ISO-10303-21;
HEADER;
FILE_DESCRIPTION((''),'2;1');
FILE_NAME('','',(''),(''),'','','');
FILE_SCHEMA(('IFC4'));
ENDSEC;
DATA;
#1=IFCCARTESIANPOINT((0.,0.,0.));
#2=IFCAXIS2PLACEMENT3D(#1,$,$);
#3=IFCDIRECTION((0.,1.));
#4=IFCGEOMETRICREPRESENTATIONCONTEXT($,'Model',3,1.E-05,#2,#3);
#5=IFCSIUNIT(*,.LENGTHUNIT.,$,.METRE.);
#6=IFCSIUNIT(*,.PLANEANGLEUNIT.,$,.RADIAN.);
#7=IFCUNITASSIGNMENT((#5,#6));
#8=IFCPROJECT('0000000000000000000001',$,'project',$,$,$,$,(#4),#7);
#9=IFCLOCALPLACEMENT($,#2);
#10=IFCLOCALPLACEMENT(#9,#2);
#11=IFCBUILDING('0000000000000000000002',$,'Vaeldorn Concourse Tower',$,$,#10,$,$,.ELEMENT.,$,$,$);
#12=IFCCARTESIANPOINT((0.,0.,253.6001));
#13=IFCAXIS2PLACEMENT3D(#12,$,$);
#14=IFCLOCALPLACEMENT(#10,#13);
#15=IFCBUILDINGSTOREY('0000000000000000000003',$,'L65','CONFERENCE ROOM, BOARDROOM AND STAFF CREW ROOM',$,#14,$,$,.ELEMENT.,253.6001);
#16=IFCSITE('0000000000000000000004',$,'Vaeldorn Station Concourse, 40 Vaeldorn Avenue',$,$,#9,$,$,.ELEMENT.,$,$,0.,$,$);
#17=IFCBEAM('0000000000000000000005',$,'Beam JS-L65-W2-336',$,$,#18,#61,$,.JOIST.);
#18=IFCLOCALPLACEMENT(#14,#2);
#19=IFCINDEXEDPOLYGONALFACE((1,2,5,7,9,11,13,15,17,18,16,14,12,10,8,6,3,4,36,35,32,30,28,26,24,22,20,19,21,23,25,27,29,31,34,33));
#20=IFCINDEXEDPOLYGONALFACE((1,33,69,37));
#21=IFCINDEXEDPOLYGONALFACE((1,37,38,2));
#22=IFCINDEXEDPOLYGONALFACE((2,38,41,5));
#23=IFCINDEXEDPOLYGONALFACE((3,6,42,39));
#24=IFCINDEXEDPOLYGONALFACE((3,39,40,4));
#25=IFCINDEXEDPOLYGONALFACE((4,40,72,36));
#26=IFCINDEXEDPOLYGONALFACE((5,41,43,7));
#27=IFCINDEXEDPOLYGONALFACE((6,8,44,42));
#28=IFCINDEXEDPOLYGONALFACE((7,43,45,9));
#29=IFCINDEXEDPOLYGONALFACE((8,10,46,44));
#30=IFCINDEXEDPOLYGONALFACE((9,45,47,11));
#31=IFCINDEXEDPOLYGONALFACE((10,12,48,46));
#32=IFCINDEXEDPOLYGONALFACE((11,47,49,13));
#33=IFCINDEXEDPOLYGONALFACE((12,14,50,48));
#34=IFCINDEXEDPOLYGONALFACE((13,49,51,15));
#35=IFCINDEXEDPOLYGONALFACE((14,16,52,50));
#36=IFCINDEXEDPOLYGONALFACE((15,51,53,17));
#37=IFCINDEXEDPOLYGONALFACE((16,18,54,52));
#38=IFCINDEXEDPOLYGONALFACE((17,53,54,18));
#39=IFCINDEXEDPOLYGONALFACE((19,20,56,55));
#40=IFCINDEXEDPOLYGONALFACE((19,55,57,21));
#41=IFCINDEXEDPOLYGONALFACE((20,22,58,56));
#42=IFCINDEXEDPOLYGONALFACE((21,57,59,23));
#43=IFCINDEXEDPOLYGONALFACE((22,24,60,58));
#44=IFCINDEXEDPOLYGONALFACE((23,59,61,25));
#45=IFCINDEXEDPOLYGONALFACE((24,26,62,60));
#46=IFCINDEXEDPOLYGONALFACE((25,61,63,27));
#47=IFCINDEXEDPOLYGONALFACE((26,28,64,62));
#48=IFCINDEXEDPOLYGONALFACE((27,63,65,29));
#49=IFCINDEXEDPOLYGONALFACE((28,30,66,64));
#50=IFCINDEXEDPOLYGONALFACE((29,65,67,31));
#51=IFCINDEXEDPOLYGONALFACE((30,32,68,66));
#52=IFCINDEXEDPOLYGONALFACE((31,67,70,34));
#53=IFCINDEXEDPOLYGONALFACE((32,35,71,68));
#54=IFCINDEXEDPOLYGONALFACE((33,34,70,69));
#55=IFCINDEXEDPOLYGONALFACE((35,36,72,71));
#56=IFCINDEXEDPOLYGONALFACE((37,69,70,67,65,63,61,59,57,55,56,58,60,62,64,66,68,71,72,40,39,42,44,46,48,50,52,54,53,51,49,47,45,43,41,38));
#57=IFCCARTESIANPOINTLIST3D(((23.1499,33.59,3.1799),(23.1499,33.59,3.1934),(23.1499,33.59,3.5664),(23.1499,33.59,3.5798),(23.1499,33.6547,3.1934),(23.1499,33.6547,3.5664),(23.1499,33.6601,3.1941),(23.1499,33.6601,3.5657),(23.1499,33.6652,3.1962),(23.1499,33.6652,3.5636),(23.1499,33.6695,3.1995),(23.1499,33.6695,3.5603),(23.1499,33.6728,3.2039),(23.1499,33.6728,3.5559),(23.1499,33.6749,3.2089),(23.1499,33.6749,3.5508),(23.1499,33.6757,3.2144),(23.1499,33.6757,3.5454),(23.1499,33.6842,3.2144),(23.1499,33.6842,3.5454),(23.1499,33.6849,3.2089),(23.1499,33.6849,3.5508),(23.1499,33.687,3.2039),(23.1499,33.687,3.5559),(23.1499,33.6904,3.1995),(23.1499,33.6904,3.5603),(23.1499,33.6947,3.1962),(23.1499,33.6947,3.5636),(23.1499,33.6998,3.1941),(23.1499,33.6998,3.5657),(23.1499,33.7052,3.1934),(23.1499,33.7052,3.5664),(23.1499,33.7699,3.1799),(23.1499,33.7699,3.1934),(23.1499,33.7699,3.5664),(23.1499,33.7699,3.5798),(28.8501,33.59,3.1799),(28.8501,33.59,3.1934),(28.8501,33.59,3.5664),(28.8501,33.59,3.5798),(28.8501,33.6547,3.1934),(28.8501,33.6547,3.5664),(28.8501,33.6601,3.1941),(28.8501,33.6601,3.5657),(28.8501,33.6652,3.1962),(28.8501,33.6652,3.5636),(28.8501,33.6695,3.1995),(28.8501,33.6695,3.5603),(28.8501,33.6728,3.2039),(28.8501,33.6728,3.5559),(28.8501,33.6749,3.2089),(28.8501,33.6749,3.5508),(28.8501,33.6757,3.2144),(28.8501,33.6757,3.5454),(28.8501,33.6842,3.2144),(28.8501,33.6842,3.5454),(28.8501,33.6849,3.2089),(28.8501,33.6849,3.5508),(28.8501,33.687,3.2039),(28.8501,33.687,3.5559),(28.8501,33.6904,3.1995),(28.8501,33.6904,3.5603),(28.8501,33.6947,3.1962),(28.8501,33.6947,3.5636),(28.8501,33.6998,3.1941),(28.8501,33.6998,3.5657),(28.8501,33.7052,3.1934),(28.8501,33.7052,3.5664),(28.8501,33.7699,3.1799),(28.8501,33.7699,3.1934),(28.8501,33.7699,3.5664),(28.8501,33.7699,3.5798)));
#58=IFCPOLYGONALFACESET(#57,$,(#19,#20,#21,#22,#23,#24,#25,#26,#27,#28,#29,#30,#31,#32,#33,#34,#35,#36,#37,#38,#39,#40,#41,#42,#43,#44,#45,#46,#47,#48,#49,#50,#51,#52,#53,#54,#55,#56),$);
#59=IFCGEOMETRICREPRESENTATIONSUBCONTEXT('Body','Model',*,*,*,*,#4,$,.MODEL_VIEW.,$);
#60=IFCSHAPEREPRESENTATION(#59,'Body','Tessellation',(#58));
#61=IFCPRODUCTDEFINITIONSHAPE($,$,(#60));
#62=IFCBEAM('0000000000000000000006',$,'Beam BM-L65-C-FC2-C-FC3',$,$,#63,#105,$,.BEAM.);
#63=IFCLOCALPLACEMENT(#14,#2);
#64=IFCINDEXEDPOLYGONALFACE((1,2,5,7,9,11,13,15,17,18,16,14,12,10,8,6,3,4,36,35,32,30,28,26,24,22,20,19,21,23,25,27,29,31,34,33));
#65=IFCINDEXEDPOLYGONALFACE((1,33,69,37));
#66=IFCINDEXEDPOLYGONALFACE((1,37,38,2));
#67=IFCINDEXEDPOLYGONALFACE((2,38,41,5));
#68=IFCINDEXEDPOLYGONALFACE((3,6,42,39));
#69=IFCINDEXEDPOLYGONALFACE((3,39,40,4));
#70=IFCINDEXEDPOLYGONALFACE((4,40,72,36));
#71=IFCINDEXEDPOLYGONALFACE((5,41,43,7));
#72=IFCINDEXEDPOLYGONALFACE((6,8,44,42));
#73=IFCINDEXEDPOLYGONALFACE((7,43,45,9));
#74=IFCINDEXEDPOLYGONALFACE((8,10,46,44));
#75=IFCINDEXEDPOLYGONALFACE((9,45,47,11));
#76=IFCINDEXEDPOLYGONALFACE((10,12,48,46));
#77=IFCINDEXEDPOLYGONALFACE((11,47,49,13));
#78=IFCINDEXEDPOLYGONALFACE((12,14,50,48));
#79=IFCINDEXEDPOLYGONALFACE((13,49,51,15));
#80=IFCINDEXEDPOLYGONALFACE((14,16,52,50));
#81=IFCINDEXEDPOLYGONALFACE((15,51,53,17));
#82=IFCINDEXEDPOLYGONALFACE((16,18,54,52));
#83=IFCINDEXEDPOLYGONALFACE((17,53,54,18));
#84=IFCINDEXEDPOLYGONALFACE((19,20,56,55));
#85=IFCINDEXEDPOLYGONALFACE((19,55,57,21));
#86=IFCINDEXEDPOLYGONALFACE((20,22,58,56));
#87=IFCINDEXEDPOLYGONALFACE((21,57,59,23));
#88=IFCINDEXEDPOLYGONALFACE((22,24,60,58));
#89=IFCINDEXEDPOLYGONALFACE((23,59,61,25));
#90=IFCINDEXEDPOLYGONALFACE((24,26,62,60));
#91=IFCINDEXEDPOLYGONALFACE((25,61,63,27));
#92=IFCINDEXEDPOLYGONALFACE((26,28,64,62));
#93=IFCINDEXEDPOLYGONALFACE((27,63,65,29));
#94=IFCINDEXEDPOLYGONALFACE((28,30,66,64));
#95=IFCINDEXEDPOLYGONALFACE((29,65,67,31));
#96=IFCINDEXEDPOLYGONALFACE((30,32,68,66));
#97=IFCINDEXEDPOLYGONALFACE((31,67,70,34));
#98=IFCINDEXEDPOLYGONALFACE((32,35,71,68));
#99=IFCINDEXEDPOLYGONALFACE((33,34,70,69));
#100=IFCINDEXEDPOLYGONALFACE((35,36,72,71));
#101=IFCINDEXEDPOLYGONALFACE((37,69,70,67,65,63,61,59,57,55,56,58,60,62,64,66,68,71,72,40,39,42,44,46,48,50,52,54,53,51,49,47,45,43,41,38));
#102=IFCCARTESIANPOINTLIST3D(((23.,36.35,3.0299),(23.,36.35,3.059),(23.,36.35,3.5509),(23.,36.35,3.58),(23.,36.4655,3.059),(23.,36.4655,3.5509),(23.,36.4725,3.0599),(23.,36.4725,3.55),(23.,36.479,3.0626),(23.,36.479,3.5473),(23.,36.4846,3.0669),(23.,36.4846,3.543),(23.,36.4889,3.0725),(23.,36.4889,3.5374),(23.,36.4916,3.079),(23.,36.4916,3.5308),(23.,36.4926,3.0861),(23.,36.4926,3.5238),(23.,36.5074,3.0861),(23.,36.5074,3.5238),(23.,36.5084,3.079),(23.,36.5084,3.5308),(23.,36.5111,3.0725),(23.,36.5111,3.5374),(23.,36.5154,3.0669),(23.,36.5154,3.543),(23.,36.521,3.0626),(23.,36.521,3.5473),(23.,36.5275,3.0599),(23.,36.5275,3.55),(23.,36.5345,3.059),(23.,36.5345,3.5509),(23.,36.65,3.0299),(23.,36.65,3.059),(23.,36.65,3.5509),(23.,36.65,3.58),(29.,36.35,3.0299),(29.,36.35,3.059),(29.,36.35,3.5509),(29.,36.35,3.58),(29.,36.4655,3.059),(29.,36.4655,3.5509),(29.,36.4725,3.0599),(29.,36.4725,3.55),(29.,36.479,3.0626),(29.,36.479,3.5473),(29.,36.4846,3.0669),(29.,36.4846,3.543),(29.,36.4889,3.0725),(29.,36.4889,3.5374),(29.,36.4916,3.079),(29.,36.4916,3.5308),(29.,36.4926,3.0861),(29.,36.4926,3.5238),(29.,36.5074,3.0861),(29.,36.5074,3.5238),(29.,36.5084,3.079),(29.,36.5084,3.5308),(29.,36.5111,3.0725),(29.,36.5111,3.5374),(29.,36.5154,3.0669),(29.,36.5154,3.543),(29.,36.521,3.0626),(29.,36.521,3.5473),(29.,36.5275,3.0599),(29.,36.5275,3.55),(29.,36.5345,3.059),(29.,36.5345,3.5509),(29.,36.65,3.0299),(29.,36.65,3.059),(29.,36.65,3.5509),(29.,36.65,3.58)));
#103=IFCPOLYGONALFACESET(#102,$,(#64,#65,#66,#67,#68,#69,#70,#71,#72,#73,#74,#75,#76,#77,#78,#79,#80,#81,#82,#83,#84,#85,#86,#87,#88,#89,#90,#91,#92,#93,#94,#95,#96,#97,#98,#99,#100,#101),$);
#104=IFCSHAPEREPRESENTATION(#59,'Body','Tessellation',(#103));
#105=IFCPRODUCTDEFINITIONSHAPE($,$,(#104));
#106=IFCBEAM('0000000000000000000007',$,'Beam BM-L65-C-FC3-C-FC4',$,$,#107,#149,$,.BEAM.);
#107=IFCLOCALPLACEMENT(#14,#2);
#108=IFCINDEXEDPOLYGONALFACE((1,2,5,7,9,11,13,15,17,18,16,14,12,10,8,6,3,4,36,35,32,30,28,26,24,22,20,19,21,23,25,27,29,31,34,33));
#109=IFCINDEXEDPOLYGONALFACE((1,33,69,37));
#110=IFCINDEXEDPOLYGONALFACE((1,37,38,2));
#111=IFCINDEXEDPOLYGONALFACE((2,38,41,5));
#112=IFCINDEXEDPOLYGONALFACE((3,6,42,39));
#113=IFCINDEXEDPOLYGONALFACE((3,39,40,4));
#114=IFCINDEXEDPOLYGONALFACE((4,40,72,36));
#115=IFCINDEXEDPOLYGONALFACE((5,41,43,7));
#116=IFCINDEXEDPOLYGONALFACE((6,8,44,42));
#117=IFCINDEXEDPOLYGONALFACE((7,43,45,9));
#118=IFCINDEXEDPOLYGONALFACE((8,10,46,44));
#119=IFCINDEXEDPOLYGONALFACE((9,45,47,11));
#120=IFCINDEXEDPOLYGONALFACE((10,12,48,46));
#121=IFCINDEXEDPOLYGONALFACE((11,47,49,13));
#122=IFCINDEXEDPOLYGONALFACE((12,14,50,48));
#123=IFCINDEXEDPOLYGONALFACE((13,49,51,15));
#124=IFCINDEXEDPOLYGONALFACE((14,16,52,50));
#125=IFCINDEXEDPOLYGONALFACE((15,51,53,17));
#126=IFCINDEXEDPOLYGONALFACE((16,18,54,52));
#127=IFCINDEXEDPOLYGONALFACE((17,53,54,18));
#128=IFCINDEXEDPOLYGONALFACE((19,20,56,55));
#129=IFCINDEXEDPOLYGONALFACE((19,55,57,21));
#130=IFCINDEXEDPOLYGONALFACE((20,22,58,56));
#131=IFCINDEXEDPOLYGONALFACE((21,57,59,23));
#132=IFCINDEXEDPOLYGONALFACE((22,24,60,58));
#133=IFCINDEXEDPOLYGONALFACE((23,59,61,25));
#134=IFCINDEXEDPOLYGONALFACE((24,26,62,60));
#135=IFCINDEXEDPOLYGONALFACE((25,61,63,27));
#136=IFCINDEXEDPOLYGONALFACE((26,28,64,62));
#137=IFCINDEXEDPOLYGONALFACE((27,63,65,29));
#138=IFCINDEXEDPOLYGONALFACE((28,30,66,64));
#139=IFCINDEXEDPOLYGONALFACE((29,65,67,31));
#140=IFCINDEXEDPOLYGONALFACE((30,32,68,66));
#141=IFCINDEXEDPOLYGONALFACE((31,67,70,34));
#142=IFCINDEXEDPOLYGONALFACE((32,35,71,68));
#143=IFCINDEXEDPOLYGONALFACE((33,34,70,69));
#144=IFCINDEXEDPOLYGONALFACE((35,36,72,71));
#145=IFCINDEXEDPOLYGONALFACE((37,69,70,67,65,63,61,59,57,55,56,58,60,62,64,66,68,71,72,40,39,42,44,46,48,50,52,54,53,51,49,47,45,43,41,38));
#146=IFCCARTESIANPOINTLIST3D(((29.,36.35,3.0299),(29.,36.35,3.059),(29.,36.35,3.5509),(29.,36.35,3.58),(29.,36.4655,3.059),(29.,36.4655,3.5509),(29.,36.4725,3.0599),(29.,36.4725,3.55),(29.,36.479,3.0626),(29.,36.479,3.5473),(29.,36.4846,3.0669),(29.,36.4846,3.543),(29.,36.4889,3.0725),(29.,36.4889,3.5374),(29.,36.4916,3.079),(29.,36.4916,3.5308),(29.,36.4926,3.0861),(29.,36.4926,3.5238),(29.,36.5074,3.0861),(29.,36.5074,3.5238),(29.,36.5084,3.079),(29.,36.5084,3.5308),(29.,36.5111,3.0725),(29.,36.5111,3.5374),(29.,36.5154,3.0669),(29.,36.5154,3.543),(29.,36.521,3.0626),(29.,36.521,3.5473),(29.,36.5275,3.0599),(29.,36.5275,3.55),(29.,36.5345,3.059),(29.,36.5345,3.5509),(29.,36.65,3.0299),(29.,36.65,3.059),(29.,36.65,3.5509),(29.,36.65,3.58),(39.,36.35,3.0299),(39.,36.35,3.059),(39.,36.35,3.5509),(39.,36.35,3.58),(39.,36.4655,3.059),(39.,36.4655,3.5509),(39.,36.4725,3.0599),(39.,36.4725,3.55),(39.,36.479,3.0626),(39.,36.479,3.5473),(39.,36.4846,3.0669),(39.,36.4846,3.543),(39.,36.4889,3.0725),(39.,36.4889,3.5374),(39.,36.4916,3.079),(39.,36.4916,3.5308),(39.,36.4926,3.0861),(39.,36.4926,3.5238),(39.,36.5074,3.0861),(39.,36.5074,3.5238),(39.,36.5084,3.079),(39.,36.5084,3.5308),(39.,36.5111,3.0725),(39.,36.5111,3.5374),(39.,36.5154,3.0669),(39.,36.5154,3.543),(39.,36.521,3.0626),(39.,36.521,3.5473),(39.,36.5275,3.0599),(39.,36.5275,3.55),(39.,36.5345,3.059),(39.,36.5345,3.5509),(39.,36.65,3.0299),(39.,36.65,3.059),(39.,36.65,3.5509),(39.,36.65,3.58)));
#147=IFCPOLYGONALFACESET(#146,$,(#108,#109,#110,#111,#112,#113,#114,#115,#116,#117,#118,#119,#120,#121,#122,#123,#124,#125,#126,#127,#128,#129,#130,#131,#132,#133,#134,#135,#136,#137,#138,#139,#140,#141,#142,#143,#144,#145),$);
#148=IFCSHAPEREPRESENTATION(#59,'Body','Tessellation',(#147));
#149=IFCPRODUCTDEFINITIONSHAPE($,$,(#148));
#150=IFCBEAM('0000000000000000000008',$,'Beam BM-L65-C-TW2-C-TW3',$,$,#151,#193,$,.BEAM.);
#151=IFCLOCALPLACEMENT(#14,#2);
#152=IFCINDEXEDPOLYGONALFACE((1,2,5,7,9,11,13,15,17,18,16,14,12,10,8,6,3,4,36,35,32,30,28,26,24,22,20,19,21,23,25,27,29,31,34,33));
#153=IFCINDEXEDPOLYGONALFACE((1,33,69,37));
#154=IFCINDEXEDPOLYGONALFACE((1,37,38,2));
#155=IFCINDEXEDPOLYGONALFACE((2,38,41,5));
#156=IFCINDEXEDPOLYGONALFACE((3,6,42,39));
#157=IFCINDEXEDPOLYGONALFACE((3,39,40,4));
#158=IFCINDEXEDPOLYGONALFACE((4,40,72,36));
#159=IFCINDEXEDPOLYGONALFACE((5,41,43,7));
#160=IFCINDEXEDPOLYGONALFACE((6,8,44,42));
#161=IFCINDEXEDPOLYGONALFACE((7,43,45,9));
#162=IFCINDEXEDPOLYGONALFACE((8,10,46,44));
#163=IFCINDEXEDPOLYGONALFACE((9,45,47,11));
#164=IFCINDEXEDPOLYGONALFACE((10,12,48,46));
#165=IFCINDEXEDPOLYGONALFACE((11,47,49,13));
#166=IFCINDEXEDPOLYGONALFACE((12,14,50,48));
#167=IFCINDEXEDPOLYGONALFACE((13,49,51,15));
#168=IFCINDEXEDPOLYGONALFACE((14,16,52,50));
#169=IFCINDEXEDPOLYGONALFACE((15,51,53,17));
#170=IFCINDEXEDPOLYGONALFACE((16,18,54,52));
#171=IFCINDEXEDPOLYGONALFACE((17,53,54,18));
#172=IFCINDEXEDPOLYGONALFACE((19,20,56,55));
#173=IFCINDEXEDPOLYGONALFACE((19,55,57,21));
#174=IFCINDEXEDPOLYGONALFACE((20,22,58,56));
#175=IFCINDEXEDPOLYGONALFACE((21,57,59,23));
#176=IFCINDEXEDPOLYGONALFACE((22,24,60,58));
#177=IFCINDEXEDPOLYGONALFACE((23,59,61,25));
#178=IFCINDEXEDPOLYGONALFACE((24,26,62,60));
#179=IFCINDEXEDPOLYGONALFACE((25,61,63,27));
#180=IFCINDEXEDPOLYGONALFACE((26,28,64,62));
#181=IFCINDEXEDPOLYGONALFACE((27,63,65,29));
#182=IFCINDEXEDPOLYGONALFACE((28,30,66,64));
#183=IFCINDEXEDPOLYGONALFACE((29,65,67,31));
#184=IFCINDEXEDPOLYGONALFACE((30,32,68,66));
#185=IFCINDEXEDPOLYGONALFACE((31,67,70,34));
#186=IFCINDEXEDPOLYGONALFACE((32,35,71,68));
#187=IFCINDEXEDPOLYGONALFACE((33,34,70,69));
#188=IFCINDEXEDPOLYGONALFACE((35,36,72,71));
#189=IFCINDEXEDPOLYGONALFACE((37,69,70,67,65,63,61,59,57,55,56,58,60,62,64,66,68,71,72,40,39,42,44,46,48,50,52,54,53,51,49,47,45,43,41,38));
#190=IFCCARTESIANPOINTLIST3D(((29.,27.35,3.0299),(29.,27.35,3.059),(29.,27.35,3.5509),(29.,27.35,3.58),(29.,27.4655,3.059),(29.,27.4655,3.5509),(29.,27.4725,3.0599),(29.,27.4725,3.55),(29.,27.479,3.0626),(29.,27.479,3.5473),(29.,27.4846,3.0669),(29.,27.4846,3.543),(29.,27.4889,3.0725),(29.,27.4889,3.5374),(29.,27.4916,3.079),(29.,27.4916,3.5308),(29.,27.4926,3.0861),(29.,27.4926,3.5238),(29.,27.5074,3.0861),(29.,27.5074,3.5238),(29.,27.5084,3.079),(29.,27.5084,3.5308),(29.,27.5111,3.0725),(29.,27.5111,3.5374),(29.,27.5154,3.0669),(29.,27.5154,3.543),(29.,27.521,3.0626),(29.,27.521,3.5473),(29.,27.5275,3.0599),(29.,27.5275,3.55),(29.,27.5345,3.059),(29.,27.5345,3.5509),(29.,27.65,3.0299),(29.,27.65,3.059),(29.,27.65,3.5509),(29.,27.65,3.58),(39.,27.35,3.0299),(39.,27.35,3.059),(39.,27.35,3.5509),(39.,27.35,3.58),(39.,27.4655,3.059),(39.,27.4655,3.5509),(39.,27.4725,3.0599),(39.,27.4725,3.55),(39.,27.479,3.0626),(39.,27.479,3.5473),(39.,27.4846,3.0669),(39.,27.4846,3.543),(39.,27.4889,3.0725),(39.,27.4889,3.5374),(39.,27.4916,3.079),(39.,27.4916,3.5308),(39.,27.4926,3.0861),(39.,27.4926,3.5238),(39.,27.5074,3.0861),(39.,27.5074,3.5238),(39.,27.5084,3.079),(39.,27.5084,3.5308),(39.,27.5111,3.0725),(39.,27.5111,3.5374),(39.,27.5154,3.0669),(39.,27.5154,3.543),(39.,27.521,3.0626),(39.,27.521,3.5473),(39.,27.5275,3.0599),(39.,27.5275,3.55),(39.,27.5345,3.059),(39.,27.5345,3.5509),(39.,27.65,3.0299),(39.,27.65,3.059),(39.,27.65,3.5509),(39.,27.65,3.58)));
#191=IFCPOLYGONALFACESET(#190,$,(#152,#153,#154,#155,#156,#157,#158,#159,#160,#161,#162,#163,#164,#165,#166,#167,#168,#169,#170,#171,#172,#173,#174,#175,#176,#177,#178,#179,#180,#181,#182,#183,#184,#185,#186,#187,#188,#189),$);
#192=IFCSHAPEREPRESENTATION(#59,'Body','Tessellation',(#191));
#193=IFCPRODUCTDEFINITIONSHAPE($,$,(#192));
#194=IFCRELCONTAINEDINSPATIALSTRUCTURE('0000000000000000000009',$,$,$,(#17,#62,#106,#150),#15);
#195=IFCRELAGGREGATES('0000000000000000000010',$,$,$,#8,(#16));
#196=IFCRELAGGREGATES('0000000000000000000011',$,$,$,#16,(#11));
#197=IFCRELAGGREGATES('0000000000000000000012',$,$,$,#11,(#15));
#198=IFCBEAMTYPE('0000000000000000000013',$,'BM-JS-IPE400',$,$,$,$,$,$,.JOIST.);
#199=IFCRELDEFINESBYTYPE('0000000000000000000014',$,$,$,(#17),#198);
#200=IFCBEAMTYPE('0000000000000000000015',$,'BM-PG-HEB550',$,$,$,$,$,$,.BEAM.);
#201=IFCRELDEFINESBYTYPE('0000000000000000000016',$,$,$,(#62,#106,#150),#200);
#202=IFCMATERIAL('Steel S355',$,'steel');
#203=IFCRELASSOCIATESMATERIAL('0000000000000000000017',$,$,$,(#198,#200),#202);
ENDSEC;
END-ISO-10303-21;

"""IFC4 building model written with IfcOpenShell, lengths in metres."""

from ifc_helpers import new_model, si_unit, direction, frame, origin, origin_2d, place, context, subcontext, project, spatial, i_section, extrude, source, transform, mapped, material, material_profile, profile_set, type_object, element, save


model = new_model("IFC4")

# Units and contexts
model_context = context("Model", 3, precision=1e-05, world=origin(), true_north=direction((0.0, 1.0)))
body_context = subcontext(model_context, "Body", "Model", "MODEL_VIEW")
ifc_project = project(units=[si_unit("LENGTHUNIT", "METRE"), si_unit("PLANEANGLEUNIT", "RADIAN")], contexts=[model_context])

# Site, building, storey
site_placement = place(None, origin())
site = spatial("IfcSite", under=ifc_project, at=site_placement, Name="Vaeldorn Station Concourse, 40 Vaeldorn Avenue", CompositionType="ELEMENT", RefElevation=0.0)
building_placement = place(site_placement, origin())
building = spatial("IfcBuilding", under=site, at=building_placement, Name="Vaeldorn Concourse Tower", CompositionType="ELEMENT")
storey_placement = place(building_placement, frame((0.0, 0.0, 253.6001)))
storey = spatial("IfcBuildingStorey", under=building, at=storey_placement, Name="L65", Description="CONFERENCE ROOM, BOARDROOM AND STAFF CREW ROOM", CompositionType="ELEMENT", Elevation=253.6001)

# Beams
ifc_material_1 = material(Name="Steel S355", Category="steel")
ifc_material_profile_1 = material_profile(ifc_material_1, i_section(OverallWidth=0.1799, OverallDepth=0.3999, WebThickness=0.0085, FlangeThickness=0.0134, FilletRadius=0.021, at=origin_2d()), Name="IPE 400")
ifc_profile_set_1 = profile_set([ifc_material_profile_1], Name="Steel S355")
beam_type_1 = type_object("IfcBeamType", Name="BM-JS-IPE400", PredefinedType="JOIST", material=ifc_profile_set_1)
shared_shape_1 = source(origin(), body_context, "Body", "SweptSolid", [
    extrude(i_section(OverallWidth=0.1799, OverallDepth=0.3999, WebThickness=0.0085, FlangeThickness=0.0134, FilletRadius=0.021, at=origin_2d()), origin(), (0.0, 0.0, 1.0), 5.7002),
])
for number, where, z_axis, x_axis, name in (
    (1, (23.1499, 33.6799, 3.3799), (1.0, 0.0, 0.0), (0.0, 1.0, 0.0), "Beam JS-L65-W2-336"),
):
    element("IfcBeam", number, at=place(storey_placement, frame(where, z_axis=z_axis, x_axis=x_axis)), inside=storey, type_object=beam_type_1, Name=name, PredefinedType="JOIST", context=body_context, shape_type="MappedRepresentation", body=[
        mapped(shared_shape_1, transform((0.0, 0.0, 0.0), scale=1.0)),
    ])
ifc_material_profile_2 = material_profile(ifc_material_1, i_section(OverallWidth=0.3, OverallDepth=0.55, WebThickness=0.0149, FlangeThickness=0.0291, FilletRadius=0.0271, at=origin_2d()), Name="HEB 550")
ifc_profile_set_2 = profile_set([ifc_material_profile_2], Name="Steel S355")
beam_type_2 = type_object("IfcBeamType", Name="BM-PG-HEB550", PredefinedType="BEAM", material=ifc_profile_set_2)
shared_shape_2 = source(origin(), body_context, "Body", "SweptSolid", [
    extrude(i_section(OverallWidth=0.3, OverallDepth=0.55, WebThickness=0.0149, FlangeThickness=0.0291, FilletRadius=0.0271, at=origin_2d()), origin(), (0.0, 0.0, 1.0), 6.0),
])
beam_1_placement = place(storey_placement, frame((23.0, 36.5, 3.3049), z_axis=(1.0, 0.0, 0.0), x_axis=(0.0, 1.0, 0.0)))
element("IfcBeam", 2, at=beam_1_placement, inside=storey, type_object=beam_type_2, Name="Beam BM-L65-C-FC2-C-FC3", PredefinedType="BEAM", context=body_context, shape_type="MappedRepresentation", body=[
    mapped(shared_shape_2, transform((0.0, 0.0, 0.0), scale=1.0)),
])
shared_shape_3 = source(origin(), body_context, "Body", "SweptSolid", [
    extrude(i_section(OverallWidth=0.3, OverallDepth=0.55, WebThickness=0.0149, FlangeThickness=0.0291, FilletRadius=0.0271, at=origin_2d()), origin(), (0.0, 0.0, 1.0), 10.0),
])
for number, where, z_axis, x_axis, name in (
    (3, (29.0, 36.5, 3.3049), (1.0, 0.0, 0.0), (0.0, 1.0, 0.0), "Beam BM-L65-C-FC3-C-FC4"),
    (4, (29.0, 27.5, 3.3049), (1.0, 0.0, 0.0), (0.0, 1.0, 0.0), "Beam BM-L65-C-TW2-C-TW3"),
):
    element("IfcBeam", number, at=place(storey_placement, frame(where, z_axis=z_axis, x_axis=x_axis)), inside=storey, type_object=beam_type_2, Name=name, PredefinedType="BEAM", context=body_context, shape_type="MappedRepresentation", body=[
        mapped(shared_shape_3, transform((0.0, 0.0, 0.0), scale=1.0)),
    ])

save(model, "model.ifc")
